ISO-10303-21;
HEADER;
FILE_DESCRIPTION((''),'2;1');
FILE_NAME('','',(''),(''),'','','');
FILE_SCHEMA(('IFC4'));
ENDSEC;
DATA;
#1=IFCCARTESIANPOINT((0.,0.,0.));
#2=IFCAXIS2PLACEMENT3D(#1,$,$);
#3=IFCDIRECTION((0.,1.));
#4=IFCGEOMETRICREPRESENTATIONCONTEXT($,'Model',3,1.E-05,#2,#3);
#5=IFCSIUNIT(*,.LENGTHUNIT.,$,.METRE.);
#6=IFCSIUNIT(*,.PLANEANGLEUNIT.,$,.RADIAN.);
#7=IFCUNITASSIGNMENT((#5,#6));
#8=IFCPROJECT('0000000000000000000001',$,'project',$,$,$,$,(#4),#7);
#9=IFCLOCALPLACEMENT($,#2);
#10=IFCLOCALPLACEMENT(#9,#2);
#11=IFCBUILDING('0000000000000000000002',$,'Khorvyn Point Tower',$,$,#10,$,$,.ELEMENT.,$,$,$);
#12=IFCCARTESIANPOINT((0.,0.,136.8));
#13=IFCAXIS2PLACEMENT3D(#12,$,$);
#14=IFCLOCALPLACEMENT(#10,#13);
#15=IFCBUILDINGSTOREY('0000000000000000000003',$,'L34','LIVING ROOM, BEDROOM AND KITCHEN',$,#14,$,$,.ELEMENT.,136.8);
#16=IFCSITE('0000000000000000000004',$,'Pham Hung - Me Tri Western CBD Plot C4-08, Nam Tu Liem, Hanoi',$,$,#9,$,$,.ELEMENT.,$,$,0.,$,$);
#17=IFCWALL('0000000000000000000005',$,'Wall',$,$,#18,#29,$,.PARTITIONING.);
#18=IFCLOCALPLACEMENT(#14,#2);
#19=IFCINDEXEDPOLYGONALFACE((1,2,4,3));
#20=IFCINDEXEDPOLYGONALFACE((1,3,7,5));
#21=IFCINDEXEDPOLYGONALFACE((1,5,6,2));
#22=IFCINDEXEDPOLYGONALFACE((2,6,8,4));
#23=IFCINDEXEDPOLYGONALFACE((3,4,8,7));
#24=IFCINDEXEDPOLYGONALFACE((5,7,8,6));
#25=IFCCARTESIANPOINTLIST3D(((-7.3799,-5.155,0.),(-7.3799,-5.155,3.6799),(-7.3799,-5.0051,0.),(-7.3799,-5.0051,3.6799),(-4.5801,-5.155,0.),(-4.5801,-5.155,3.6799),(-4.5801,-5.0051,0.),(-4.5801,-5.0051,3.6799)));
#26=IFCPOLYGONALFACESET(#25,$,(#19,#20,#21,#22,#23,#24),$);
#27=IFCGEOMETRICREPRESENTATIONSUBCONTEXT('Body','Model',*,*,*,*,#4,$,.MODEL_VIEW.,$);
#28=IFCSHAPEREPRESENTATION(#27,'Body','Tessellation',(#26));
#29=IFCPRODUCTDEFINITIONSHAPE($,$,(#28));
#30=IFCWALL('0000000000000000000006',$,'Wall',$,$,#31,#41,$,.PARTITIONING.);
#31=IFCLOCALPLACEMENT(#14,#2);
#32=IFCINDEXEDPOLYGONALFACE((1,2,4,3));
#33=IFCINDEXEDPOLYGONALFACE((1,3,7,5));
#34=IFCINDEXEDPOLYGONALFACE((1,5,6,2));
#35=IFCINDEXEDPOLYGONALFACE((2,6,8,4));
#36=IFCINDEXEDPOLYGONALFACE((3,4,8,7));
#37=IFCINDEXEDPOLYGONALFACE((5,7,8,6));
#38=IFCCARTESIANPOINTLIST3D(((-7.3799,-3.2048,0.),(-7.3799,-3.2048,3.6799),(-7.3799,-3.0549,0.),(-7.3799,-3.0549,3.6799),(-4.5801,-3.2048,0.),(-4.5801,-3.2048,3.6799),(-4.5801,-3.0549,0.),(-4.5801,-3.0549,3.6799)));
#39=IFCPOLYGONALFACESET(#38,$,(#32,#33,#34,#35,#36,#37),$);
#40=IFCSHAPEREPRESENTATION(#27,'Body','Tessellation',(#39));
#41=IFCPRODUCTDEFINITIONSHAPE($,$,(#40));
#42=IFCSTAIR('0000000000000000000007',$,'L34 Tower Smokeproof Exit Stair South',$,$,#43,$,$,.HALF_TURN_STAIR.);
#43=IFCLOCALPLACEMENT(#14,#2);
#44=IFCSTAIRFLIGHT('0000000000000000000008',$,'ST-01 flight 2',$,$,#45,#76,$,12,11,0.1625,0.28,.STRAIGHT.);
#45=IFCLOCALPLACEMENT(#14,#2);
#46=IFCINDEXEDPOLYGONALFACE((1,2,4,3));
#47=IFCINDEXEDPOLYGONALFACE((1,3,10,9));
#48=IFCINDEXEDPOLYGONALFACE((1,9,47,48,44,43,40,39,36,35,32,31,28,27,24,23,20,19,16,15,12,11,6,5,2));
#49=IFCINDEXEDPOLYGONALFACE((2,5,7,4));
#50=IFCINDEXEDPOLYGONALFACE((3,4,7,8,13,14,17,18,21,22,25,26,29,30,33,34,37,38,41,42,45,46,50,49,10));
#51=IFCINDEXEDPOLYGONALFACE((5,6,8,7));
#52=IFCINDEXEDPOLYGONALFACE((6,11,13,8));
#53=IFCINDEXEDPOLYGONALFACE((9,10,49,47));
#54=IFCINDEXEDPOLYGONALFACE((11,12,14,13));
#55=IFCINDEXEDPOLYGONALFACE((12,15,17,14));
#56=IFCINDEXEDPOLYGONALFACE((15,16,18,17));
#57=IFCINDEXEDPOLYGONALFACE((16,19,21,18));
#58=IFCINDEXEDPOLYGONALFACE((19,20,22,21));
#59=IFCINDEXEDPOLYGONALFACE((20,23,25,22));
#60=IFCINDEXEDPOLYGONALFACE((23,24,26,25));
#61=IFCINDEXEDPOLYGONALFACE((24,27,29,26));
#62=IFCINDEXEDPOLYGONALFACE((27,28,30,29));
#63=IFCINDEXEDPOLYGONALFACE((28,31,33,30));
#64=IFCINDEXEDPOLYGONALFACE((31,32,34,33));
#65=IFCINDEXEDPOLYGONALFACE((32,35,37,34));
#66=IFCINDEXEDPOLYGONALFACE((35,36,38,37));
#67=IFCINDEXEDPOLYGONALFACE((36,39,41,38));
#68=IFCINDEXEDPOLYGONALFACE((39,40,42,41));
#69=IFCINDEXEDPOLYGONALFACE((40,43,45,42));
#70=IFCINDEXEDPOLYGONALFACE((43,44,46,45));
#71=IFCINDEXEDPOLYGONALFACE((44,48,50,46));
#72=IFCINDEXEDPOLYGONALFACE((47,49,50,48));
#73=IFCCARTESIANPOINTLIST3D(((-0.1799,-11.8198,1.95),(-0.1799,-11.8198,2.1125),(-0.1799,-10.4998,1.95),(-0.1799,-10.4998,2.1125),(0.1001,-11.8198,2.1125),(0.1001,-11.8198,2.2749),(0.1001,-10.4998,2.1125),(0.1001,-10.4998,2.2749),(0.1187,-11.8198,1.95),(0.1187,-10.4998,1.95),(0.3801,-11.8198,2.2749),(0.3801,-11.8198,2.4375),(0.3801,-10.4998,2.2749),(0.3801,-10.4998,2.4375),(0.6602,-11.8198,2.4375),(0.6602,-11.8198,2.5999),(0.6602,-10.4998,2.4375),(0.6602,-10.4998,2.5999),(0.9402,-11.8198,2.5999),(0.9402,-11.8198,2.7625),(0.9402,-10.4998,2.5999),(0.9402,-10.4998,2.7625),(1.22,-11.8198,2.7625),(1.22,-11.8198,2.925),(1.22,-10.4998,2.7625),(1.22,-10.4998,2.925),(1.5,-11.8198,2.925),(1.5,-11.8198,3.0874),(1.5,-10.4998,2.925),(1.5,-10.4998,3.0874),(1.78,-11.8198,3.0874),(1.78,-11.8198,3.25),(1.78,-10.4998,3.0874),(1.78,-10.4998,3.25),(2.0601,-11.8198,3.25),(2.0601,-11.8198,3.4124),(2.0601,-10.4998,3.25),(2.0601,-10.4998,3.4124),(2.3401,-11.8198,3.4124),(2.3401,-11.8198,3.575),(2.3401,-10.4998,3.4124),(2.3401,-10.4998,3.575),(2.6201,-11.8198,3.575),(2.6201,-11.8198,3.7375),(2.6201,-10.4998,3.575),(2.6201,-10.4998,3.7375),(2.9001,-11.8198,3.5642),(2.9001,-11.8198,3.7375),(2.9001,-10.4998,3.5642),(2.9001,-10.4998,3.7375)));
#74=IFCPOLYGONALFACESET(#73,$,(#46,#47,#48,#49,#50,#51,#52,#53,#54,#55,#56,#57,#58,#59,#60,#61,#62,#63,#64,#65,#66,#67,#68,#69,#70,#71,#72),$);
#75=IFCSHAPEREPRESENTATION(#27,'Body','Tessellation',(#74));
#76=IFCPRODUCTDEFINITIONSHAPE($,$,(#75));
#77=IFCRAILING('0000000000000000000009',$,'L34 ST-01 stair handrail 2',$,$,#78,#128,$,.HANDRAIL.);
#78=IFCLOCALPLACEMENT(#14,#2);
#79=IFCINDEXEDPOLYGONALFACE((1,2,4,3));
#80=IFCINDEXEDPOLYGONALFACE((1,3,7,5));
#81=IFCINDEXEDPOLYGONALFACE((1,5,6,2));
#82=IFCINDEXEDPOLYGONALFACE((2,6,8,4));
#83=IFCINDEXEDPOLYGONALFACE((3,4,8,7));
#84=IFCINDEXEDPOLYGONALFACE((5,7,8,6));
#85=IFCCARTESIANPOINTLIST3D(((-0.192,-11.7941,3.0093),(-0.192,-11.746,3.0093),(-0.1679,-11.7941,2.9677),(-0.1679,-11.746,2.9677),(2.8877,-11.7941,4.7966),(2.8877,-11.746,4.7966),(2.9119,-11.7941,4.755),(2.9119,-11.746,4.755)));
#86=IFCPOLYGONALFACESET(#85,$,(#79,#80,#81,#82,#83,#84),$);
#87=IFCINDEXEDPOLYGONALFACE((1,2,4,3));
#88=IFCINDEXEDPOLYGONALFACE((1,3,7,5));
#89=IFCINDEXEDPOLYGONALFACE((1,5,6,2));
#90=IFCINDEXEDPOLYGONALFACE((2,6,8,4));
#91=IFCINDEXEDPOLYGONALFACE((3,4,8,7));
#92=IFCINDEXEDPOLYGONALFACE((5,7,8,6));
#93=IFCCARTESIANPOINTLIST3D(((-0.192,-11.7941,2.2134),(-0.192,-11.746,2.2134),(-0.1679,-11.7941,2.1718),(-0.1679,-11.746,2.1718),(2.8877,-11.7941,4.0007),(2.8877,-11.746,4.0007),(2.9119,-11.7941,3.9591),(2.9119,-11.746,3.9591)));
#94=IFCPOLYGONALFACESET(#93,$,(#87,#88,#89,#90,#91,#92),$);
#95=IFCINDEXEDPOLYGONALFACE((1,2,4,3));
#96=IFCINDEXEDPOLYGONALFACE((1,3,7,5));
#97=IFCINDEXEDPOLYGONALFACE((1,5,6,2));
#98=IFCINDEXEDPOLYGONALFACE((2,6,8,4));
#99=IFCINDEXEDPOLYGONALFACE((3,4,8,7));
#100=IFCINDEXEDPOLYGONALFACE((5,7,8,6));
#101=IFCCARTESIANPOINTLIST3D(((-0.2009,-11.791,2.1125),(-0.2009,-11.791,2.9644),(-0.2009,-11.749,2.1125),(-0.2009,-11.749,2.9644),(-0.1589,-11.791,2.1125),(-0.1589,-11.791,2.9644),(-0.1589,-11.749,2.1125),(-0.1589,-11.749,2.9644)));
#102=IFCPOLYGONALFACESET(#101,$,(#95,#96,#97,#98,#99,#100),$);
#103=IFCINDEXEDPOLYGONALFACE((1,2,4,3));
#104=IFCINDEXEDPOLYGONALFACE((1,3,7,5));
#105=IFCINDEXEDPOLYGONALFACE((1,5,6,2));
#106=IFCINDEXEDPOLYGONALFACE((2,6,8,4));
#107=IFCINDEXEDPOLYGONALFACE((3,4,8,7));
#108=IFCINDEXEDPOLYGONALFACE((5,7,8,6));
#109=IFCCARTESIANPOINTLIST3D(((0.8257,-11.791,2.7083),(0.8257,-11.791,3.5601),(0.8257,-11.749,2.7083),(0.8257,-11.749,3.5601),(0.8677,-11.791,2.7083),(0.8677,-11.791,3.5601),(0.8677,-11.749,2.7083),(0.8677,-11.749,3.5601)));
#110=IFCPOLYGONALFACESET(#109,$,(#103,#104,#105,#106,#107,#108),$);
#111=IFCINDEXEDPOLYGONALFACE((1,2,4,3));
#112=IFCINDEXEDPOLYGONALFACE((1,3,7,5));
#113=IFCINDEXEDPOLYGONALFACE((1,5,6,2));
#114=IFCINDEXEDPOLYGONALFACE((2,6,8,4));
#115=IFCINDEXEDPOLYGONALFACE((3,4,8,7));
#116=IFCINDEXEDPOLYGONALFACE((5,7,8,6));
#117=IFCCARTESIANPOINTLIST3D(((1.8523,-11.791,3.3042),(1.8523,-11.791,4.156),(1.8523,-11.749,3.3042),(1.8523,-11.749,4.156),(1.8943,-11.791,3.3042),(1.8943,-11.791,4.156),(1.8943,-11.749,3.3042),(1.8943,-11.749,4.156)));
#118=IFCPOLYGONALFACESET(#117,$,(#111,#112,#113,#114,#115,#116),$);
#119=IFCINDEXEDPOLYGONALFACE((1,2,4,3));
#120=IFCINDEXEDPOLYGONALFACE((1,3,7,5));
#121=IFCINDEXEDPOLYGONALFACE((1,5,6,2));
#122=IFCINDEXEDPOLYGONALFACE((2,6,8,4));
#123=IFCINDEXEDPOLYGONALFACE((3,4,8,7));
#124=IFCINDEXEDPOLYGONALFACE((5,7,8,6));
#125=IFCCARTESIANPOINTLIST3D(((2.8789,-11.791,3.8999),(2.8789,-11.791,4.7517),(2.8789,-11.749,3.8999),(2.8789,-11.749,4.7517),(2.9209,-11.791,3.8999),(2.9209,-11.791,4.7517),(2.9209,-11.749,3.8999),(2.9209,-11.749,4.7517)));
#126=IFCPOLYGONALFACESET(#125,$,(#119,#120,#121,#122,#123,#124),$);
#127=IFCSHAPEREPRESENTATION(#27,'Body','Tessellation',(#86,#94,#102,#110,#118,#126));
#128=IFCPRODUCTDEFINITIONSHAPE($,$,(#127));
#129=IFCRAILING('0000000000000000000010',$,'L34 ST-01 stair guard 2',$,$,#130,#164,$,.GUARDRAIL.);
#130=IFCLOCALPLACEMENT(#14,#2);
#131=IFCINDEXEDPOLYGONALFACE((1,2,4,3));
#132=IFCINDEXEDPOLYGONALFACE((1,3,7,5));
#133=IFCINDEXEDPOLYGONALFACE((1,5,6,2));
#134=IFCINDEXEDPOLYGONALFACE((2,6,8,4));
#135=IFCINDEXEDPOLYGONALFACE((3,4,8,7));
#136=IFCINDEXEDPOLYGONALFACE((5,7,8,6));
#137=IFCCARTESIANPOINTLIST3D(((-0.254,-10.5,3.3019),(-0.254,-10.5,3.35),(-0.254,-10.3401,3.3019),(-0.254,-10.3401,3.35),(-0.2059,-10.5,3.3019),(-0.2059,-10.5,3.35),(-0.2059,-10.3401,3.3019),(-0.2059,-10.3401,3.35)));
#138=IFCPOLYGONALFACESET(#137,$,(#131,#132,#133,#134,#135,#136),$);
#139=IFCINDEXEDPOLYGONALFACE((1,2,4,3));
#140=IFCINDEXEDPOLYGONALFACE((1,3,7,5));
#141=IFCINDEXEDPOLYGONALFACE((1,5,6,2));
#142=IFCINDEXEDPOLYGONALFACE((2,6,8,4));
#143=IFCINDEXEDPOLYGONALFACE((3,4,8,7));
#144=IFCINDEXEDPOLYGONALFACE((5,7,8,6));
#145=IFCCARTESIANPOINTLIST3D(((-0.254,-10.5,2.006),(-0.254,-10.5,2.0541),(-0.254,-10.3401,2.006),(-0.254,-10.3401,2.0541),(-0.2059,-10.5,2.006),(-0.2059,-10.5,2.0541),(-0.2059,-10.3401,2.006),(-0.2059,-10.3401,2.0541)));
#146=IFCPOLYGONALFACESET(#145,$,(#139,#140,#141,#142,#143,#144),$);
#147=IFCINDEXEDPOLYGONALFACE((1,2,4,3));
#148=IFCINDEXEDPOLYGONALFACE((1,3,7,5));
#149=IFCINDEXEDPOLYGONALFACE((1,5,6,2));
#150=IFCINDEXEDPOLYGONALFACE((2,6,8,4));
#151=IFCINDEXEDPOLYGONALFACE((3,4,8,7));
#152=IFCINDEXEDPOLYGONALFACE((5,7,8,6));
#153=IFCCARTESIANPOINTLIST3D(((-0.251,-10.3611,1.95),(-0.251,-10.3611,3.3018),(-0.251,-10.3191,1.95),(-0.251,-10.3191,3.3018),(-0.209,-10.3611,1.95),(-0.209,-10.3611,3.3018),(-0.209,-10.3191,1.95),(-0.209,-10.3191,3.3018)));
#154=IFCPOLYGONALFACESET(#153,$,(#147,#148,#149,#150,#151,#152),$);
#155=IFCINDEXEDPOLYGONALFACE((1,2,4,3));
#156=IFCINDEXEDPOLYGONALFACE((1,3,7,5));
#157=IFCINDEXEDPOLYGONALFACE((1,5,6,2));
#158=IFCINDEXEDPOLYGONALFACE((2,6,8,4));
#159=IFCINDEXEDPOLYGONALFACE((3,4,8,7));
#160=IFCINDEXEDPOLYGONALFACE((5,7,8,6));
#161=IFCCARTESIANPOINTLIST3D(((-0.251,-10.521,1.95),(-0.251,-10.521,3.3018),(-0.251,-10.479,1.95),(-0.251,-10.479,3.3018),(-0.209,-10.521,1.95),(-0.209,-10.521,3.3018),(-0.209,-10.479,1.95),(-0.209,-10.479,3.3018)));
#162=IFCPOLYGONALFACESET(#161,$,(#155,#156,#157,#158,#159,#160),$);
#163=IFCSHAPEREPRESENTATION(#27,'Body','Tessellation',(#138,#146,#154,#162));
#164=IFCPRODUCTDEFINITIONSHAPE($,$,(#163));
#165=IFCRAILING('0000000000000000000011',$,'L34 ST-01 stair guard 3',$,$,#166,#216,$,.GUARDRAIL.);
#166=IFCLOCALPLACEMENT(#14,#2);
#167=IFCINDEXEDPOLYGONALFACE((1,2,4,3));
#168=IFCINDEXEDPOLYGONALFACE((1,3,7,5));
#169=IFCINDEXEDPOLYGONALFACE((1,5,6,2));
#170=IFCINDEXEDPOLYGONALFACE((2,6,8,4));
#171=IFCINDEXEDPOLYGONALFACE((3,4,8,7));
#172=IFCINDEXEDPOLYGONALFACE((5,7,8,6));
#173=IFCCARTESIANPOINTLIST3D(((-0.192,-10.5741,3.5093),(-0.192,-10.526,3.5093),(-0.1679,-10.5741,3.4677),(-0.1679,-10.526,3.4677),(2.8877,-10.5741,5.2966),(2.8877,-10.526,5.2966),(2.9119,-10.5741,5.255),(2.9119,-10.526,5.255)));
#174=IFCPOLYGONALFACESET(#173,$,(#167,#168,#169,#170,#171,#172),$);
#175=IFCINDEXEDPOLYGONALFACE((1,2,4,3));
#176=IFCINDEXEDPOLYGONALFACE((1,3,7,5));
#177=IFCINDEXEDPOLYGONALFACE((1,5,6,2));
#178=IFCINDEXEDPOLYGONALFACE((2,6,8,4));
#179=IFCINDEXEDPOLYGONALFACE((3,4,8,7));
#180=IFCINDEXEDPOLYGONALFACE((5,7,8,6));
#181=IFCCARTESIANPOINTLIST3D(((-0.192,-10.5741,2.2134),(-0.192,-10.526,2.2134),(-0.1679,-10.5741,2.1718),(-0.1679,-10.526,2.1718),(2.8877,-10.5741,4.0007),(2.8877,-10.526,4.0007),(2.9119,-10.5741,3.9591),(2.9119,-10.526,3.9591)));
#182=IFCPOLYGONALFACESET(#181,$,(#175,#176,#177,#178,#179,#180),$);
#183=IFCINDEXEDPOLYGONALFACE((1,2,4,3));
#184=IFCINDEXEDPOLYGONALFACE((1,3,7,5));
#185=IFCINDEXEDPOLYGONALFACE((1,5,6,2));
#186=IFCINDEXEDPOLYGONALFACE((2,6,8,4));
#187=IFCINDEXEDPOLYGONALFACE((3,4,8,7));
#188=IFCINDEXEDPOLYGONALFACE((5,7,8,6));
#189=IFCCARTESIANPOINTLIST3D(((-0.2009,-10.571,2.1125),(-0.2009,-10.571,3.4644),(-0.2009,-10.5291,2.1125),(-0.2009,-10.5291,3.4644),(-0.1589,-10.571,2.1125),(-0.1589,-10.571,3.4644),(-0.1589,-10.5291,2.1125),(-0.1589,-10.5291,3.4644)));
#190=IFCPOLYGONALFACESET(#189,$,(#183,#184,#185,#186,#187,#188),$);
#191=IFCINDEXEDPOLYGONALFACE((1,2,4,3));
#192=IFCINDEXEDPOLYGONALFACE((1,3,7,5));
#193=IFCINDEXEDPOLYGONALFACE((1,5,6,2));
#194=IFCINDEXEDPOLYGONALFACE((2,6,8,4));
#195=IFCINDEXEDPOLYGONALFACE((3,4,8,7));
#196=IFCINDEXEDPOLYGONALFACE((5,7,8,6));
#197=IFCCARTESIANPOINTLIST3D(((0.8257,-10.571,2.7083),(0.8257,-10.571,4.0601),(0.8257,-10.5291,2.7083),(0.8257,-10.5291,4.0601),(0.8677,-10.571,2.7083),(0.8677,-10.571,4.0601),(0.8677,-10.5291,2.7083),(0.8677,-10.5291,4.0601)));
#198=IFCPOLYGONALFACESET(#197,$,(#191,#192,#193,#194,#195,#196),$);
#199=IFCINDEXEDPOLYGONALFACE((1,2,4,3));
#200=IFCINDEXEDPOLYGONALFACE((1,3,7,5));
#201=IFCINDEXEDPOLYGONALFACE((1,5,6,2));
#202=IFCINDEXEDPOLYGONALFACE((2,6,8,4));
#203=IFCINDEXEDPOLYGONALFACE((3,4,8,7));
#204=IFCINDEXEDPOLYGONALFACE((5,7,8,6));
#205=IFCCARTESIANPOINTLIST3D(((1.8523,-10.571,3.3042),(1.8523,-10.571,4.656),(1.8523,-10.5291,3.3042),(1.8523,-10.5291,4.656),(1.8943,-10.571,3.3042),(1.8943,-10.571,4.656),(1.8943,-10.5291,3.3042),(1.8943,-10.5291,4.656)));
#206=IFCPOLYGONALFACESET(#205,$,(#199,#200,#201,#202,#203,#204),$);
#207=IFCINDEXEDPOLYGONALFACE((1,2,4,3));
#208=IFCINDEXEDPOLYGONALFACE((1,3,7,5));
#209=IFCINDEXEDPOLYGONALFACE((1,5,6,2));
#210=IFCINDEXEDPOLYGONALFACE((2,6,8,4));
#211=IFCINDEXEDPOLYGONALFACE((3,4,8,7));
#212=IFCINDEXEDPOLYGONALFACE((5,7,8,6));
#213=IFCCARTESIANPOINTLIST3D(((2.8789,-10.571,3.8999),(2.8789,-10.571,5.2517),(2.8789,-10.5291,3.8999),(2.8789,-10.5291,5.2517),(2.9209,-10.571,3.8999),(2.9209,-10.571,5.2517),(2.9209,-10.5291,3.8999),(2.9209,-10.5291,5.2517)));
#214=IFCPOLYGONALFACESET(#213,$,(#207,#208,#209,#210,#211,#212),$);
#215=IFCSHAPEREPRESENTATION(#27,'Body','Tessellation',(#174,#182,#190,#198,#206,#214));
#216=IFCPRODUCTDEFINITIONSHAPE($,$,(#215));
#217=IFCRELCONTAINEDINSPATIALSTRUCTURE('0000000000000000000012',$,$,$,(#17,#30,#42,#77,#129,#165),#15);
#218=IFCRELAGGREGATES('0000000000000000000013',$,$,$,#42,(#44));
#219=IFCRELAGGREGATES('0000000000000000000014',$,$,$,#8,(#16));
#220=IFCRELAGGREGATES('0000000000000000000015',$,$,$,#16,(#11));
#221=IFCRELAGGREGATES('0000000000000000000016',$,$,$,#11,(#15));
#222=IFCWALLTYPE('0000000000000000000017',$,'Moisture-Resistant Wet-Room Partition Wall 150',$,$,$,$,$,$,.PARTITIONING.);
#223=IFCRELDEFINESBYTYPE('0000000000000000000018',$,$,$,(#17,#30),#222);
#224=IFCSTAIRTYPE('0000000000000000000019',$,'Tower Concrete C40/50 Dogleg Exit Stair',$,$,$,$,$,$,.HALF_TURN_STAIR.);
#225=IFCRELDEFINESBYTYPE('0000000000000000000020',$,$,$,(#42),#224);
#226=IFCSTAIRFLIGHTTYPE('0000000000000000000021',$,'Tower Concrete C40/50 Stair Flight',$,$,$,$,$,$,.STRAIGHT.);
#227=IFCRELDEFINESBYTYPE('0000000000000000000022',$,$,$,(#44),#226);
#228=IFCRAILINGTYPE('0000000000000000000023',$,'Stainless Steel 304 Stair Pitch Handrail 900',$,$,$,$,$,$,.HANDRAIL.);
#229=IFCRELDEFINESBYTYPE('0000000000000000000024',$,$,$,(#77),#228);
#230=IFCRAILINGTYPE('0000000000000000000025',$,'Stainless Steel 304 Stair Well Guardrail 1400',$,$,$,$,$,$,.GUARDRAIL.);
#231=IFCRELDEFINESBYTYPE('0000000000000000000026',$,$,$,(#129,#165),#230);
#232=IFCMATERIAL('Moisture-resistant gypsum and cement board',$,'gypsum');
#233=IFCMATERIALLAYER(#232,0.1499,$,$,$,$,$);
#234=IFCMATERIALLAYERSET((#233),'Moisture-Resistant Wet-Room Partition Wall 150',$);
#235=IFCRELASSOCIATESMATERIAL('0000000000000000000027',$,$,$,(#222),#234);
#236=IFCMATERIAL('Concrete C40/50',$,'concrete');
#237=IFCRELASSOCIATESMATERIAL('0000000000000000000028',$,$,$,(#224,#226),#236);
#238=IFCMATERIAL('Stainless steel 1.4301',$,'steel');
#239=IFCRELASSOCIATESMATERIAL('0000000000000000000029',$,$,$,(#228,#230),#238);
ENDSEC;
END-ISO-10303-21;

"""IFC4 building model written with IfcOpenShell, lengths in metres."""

from ifc_helpers import new_model, si_unit, direction, frame, frame_2d, origin, origin_2d, place, context, subcontext, project, spatial, polyline, rectangle, outline, extrude, material, layer, layer_set, type_object, element, aggregate, save


model = new_model("IFC4")

# Units and contexts
model_context = context("Model", 3, precision=1e-05, world=origin(), true_north=direction((0.0, 1.0)))
body_context = subcontext(model_context, "Body", "Model", "MODEL_VIEW")
ifc_project = project(units=[si_unit("LENGTHUNIT", "METRE"), si_unit("PLANEANGLEUNIT", "RADIAN")], contexts=[model_context])

# Site, building, storey
site_placement = place(None, origin())
site = spatial("IfcSite", under=ifc_project, at=site_placement, Name="Pham Hung - Me Tri Western CBD Plot C4-08, Nam Tu Liem, Hanoi", CompositionType="ELEMENT", RefElevation=0.0)
building_placement = place(site_placement, origin())
building = spatial("IfcBuilding", under=site, at=building_placement, Name="Khorvyn Point Tower", CompositionType="ELEMENT")
storey_placement = place(building_placement, frame((0.0, 0.0, 136.8)))
storey = spatial("IfcBuildingStorey", under=building, at=storey_placement, Name="L34", Description="LIVING ROOM, BEDROOM AND KITCHEN", CompositionType="ELEMENT", Elevation=136.8)

# Shared definitions
ifc_material_1 = material(Name="Concrete C40/50", Category="concrete")

# Shared definitions
ifc_material_2 = material(Name="Moisture-resistant gypsum and cement board", Category="gypsum")
ifc_layer_1 = layer(ifc_material_2, 0.1499)
ifc_layer_set_1 = layer_set([ifc_layer_1], Name="Moisture-Resistant Wet-Room Partition Wall 150")
wall_type_1 = type_object("IfcWallType", Name="Moisture-Resistant Wet-Room Partition Wall 150", PredefinedType="PARTITIONING", material=ifc_layer_set_1)

# Walls
for number, where, z_axis, x_axis, name in (
    (1, (-7.3799, -5.0801, 0.0), (0.0, 0.0, 1.0), (1.0, 0.0, 0.0), "Wall"),
    (2, (-7.3799, -3.1299, 0.0), (0.0, 0.0, 1.0), (1.0, 0.0, 0.0), "Wall"),
):
    element("IfcWall", number, at=place(storey_placement, frame(where, z_axis=z_axis, x_axis=x_axis)), inside=storey, type_object=wall_type_1, Name=name, PredefinedType="PARTITIONING", context=body_context, shape_type="SweptSolid", body=[
        extrude(rectangle(XDim=2.7998, YDim=0.1499, at=frame_2d((1.3999, 0.0))), origin(), (0.0, 0.0, 1.0), 3.6799),
    ])

# Stair, stair flight
stair_type = type_object("IfcStairType", Name="Tower Concrete C40/50 Dogleg Exit Stair", PredefinedType="HALF_TURN_STAIR", material=ifc_material_1)
stair_placement = place(storey_placement, origin())
stair = element("IfcStair", 3, at=stair_placement, inside=storey, type_object=stair_type, Name="L34 Tower Smokeproof Exit Stair South", PredefinedType="HALF_TURN_STAIR")
stair_flight_type = type_object("IfcStairFlightType", Name="Tower Concrete C40/50 Stair Flight", PredefinedType="STRAIGHT", material=ifc_material_1)
stair_flight_placement = place(storey_placement, frame((-0.1799, -11.1599, 1.95), z_axis=(0.0, 0.0, 1.0), x_axis=(1.0, 0.0, 0.0)))
stair_flight = element("IfcStairFlight", 4, at=stair_flight_placement, type_object=stair_flight_type, Name="ST-01 flight 2", NumberOfRisers=12, NumberOfTreads=11, PredefinedType="STRAIGHT", RiserHeight=0.1625, TreadLength=0.28, context=body_context, shape_type="SweptSolid", body=[
    extrude(outline(polyline([(0.0, 0.0), (0.0, 0.1626), (0.28, 0.1626), (0.28, 0.325), (0.5601, 0.325), (0.5601, 0.4875), (0.8401, 0.4875), (0.8401, 0.6499), (1.1201, 0.6499), (1.1201, 0.8125), (1.3999, 0.8125), (1.3999, 0.9751), (1.6799, 0.9751), (1.6799, 1.1375), (1.96, 1.1375), (1.96, 1.3), (2.24, 1.3), (2.24, 1.4624), (2.52, 1.4624), (2.52, 1.625), (2.8, 1.625), (2.8, 1.7876), (3.0801, 1.7876), (3.0801, 1.95), (3.0801, 1.6143), (0.2986, 0.0), (0.0, 0.0)])), frame((0.0, 0.6602, 0.0), z_axis=(0.0, -1.0, 0.0), x_axis=(1.0, 0.0, 0.0)), (0.0, 0.0, 1.0), 1.3201),
])
aggregate(stair, [stair_flight])

# Railings
ifc_material_3 = material(Name="Stainless steel 1.4301", Category="steel")
railing_type_1 = type_object("IfcRailingType", Name="Stainless Steel 304 Stair Pitch Handrail 900", PredefinedType="HANDRAIL", material=ifc_material_3)
railing_1_placement = place(storey_placement, frame((-0.1799, -11.77, 2.1125)))
element("IfcRailing", 5, at=railing_1_placement, inside=storey, type_object=railing_type_1, Name="L34 ST-01 stair handrail 2", PredefinedType="HANDRAIL", context=body_context, shape_type="SweptSolid", body=[
    extrude(rectangle(XDim=0.0481, YDim=0.0481, at=origin_2d()), frame((0.0, 0.0, 0.876), z_axis=(0.864903, 0.0, 0.501939), x_axis=(0.0, 1.0, 0.0)), (0.0, 0.0, 1.0), 3.5608),
    extrude(rectangle(XDim=0.0481, YDim=0.0481, at=origin_2d()), frame((0.0, 0.0, 0.0801), z_axis=(0.864903, 0.0, 0.501939), x_axis=(0.0, 1.0, 0.0)), (0.0, 0.0, 1.0), 3.5608),
    extrude(rectangle(XDim=0.042, YDim=0.042, at=origin_2d()), origin(), (0.0, 0.0, 1.0), 0.8518),
    extrude(rectangle(XDim=0.042, YDim=0.042, at=origin_2d()), frame((1.0266, 0.0, 0.5957)), (0.0, 0.0, 1.0), 0.8518),
    extrude(rectangle(XDim=0.042, YDim=0.042, at=origin_2d()), frame((2.0532, 0.0, 1.1917)), (0.0, 0.0, 1.0), 0.8518),
    extrude(rectangle(XDim=0.042, YDim=0.042, at=origin_2d()), frame((3.0798, 0.0, 1.7874)), (0.0, 0.0, 1.0), 0.8518),
])
railing_type_2 = type_object("IfcRailingType", Name="Stainless Steel 304 Stair Well Guardrail 1400", PredefinedType="GUARDRAIL", material=ifc_material_3)
railing_2_placement = place(storey_placement, frame((-0.23, -10.3401, 1.95)))
element("IfcRailing", 6, at=railing_2_placement, inside=storey, type_object=railing_type_2, Name="L34 ST-01 stair guard 2", PredefinedType="GUARDRAIL", context=body_context, shape_type="SweptSolid", body=[
    extrude(rectangle(XDim=0.0481, YDim=0.0481, at=origin_2d()), frame((0.0, 0.0, 1.376), z_axis=(0.0, -1.0, 0.0), x_axis=(1.0, 0.0, 0.0)), (0.0, 0.0, 1.0), 0.1599),
    extrude(rectangle(XDim=0.0481, YDim=0.0481, at=origin_2d()), frame((0.0, 0.0, 0.0801), z_axis=(0.0, -1.0, 0.0), x_axis=(1.0, 0.0, 0.0)), (0.0, 0.0, 1.0), 0.1599),
    extrude(rectangle(XDim=0.042, YDim=0.042, at=origin_2d()), origin(), (0.0, 0.0, 1.0), 1.3518),
    extrude(rectangle(XDim=0.042, YDim=0.042, at=origin_2d()), frame((0.0, -0.1599, 0.0)), (0.0, 0.0, 1.0), 1.3518),
])
railing_3_placement = place(storey_placement, frame((-0.1799, -10.55, 2.1125)))
element("IfcRailing", 7, at=railing_3_placement, inside=storey, type_object=railing_type_2, Name="L34 ST-01 stair guard 3", PredefinedType="GUARDRAIL", context=body_context, shape_type="SweptSolid", body=[
    extrude(rectangle(XDim=0.0481, YDim=0.0481, at=origin_2d()), frame((0.0, 0.0, 1.376), z_axis=(0.864903, 0.0, 0.501939), x_axis=(0.0, 1.0, 0.0)), (0.0, 0.0, 1.0), 3.5608),
    extrude(rectangle(XDim=0.0481, YDim=0.0481, at=origin_2d()), frame((0.0, 0.0, 0.0801), z_axis=(0.864903, 0.0, 0.501939), x_axis=(0.0, 1.0, 0.0)), (0.0, 0.0, 1.0), 3.5608),
    extrude(rectangle(XDim=0.042, YDim=0.042, at=origin_2d()), origin(), (0.0, 0.0, 1.0), 1.3518),
    extrude(rectangle(XDim=0.042, YDim=0.042, at=origin_2d()), frame((1.0266, 0.0, 0.5957)), (0.0, 0.0, 1.0), 1.3518),
    extrude(rectangle(XDim=0.042, YDim=0.042, at=origin_2d()), frame((2.0532, 0.0, 1.1917)), (0.0, 0.0, 1.0), 1.3518),
    extrude(rectangle(XDim=0.042, YDim=0.042, at=origin_2d()), frame((3.0798, 0.0, 1.7874)), (0.0, 0.0, 1.0), 1.3518),
])

save(model, "model.ifc")
